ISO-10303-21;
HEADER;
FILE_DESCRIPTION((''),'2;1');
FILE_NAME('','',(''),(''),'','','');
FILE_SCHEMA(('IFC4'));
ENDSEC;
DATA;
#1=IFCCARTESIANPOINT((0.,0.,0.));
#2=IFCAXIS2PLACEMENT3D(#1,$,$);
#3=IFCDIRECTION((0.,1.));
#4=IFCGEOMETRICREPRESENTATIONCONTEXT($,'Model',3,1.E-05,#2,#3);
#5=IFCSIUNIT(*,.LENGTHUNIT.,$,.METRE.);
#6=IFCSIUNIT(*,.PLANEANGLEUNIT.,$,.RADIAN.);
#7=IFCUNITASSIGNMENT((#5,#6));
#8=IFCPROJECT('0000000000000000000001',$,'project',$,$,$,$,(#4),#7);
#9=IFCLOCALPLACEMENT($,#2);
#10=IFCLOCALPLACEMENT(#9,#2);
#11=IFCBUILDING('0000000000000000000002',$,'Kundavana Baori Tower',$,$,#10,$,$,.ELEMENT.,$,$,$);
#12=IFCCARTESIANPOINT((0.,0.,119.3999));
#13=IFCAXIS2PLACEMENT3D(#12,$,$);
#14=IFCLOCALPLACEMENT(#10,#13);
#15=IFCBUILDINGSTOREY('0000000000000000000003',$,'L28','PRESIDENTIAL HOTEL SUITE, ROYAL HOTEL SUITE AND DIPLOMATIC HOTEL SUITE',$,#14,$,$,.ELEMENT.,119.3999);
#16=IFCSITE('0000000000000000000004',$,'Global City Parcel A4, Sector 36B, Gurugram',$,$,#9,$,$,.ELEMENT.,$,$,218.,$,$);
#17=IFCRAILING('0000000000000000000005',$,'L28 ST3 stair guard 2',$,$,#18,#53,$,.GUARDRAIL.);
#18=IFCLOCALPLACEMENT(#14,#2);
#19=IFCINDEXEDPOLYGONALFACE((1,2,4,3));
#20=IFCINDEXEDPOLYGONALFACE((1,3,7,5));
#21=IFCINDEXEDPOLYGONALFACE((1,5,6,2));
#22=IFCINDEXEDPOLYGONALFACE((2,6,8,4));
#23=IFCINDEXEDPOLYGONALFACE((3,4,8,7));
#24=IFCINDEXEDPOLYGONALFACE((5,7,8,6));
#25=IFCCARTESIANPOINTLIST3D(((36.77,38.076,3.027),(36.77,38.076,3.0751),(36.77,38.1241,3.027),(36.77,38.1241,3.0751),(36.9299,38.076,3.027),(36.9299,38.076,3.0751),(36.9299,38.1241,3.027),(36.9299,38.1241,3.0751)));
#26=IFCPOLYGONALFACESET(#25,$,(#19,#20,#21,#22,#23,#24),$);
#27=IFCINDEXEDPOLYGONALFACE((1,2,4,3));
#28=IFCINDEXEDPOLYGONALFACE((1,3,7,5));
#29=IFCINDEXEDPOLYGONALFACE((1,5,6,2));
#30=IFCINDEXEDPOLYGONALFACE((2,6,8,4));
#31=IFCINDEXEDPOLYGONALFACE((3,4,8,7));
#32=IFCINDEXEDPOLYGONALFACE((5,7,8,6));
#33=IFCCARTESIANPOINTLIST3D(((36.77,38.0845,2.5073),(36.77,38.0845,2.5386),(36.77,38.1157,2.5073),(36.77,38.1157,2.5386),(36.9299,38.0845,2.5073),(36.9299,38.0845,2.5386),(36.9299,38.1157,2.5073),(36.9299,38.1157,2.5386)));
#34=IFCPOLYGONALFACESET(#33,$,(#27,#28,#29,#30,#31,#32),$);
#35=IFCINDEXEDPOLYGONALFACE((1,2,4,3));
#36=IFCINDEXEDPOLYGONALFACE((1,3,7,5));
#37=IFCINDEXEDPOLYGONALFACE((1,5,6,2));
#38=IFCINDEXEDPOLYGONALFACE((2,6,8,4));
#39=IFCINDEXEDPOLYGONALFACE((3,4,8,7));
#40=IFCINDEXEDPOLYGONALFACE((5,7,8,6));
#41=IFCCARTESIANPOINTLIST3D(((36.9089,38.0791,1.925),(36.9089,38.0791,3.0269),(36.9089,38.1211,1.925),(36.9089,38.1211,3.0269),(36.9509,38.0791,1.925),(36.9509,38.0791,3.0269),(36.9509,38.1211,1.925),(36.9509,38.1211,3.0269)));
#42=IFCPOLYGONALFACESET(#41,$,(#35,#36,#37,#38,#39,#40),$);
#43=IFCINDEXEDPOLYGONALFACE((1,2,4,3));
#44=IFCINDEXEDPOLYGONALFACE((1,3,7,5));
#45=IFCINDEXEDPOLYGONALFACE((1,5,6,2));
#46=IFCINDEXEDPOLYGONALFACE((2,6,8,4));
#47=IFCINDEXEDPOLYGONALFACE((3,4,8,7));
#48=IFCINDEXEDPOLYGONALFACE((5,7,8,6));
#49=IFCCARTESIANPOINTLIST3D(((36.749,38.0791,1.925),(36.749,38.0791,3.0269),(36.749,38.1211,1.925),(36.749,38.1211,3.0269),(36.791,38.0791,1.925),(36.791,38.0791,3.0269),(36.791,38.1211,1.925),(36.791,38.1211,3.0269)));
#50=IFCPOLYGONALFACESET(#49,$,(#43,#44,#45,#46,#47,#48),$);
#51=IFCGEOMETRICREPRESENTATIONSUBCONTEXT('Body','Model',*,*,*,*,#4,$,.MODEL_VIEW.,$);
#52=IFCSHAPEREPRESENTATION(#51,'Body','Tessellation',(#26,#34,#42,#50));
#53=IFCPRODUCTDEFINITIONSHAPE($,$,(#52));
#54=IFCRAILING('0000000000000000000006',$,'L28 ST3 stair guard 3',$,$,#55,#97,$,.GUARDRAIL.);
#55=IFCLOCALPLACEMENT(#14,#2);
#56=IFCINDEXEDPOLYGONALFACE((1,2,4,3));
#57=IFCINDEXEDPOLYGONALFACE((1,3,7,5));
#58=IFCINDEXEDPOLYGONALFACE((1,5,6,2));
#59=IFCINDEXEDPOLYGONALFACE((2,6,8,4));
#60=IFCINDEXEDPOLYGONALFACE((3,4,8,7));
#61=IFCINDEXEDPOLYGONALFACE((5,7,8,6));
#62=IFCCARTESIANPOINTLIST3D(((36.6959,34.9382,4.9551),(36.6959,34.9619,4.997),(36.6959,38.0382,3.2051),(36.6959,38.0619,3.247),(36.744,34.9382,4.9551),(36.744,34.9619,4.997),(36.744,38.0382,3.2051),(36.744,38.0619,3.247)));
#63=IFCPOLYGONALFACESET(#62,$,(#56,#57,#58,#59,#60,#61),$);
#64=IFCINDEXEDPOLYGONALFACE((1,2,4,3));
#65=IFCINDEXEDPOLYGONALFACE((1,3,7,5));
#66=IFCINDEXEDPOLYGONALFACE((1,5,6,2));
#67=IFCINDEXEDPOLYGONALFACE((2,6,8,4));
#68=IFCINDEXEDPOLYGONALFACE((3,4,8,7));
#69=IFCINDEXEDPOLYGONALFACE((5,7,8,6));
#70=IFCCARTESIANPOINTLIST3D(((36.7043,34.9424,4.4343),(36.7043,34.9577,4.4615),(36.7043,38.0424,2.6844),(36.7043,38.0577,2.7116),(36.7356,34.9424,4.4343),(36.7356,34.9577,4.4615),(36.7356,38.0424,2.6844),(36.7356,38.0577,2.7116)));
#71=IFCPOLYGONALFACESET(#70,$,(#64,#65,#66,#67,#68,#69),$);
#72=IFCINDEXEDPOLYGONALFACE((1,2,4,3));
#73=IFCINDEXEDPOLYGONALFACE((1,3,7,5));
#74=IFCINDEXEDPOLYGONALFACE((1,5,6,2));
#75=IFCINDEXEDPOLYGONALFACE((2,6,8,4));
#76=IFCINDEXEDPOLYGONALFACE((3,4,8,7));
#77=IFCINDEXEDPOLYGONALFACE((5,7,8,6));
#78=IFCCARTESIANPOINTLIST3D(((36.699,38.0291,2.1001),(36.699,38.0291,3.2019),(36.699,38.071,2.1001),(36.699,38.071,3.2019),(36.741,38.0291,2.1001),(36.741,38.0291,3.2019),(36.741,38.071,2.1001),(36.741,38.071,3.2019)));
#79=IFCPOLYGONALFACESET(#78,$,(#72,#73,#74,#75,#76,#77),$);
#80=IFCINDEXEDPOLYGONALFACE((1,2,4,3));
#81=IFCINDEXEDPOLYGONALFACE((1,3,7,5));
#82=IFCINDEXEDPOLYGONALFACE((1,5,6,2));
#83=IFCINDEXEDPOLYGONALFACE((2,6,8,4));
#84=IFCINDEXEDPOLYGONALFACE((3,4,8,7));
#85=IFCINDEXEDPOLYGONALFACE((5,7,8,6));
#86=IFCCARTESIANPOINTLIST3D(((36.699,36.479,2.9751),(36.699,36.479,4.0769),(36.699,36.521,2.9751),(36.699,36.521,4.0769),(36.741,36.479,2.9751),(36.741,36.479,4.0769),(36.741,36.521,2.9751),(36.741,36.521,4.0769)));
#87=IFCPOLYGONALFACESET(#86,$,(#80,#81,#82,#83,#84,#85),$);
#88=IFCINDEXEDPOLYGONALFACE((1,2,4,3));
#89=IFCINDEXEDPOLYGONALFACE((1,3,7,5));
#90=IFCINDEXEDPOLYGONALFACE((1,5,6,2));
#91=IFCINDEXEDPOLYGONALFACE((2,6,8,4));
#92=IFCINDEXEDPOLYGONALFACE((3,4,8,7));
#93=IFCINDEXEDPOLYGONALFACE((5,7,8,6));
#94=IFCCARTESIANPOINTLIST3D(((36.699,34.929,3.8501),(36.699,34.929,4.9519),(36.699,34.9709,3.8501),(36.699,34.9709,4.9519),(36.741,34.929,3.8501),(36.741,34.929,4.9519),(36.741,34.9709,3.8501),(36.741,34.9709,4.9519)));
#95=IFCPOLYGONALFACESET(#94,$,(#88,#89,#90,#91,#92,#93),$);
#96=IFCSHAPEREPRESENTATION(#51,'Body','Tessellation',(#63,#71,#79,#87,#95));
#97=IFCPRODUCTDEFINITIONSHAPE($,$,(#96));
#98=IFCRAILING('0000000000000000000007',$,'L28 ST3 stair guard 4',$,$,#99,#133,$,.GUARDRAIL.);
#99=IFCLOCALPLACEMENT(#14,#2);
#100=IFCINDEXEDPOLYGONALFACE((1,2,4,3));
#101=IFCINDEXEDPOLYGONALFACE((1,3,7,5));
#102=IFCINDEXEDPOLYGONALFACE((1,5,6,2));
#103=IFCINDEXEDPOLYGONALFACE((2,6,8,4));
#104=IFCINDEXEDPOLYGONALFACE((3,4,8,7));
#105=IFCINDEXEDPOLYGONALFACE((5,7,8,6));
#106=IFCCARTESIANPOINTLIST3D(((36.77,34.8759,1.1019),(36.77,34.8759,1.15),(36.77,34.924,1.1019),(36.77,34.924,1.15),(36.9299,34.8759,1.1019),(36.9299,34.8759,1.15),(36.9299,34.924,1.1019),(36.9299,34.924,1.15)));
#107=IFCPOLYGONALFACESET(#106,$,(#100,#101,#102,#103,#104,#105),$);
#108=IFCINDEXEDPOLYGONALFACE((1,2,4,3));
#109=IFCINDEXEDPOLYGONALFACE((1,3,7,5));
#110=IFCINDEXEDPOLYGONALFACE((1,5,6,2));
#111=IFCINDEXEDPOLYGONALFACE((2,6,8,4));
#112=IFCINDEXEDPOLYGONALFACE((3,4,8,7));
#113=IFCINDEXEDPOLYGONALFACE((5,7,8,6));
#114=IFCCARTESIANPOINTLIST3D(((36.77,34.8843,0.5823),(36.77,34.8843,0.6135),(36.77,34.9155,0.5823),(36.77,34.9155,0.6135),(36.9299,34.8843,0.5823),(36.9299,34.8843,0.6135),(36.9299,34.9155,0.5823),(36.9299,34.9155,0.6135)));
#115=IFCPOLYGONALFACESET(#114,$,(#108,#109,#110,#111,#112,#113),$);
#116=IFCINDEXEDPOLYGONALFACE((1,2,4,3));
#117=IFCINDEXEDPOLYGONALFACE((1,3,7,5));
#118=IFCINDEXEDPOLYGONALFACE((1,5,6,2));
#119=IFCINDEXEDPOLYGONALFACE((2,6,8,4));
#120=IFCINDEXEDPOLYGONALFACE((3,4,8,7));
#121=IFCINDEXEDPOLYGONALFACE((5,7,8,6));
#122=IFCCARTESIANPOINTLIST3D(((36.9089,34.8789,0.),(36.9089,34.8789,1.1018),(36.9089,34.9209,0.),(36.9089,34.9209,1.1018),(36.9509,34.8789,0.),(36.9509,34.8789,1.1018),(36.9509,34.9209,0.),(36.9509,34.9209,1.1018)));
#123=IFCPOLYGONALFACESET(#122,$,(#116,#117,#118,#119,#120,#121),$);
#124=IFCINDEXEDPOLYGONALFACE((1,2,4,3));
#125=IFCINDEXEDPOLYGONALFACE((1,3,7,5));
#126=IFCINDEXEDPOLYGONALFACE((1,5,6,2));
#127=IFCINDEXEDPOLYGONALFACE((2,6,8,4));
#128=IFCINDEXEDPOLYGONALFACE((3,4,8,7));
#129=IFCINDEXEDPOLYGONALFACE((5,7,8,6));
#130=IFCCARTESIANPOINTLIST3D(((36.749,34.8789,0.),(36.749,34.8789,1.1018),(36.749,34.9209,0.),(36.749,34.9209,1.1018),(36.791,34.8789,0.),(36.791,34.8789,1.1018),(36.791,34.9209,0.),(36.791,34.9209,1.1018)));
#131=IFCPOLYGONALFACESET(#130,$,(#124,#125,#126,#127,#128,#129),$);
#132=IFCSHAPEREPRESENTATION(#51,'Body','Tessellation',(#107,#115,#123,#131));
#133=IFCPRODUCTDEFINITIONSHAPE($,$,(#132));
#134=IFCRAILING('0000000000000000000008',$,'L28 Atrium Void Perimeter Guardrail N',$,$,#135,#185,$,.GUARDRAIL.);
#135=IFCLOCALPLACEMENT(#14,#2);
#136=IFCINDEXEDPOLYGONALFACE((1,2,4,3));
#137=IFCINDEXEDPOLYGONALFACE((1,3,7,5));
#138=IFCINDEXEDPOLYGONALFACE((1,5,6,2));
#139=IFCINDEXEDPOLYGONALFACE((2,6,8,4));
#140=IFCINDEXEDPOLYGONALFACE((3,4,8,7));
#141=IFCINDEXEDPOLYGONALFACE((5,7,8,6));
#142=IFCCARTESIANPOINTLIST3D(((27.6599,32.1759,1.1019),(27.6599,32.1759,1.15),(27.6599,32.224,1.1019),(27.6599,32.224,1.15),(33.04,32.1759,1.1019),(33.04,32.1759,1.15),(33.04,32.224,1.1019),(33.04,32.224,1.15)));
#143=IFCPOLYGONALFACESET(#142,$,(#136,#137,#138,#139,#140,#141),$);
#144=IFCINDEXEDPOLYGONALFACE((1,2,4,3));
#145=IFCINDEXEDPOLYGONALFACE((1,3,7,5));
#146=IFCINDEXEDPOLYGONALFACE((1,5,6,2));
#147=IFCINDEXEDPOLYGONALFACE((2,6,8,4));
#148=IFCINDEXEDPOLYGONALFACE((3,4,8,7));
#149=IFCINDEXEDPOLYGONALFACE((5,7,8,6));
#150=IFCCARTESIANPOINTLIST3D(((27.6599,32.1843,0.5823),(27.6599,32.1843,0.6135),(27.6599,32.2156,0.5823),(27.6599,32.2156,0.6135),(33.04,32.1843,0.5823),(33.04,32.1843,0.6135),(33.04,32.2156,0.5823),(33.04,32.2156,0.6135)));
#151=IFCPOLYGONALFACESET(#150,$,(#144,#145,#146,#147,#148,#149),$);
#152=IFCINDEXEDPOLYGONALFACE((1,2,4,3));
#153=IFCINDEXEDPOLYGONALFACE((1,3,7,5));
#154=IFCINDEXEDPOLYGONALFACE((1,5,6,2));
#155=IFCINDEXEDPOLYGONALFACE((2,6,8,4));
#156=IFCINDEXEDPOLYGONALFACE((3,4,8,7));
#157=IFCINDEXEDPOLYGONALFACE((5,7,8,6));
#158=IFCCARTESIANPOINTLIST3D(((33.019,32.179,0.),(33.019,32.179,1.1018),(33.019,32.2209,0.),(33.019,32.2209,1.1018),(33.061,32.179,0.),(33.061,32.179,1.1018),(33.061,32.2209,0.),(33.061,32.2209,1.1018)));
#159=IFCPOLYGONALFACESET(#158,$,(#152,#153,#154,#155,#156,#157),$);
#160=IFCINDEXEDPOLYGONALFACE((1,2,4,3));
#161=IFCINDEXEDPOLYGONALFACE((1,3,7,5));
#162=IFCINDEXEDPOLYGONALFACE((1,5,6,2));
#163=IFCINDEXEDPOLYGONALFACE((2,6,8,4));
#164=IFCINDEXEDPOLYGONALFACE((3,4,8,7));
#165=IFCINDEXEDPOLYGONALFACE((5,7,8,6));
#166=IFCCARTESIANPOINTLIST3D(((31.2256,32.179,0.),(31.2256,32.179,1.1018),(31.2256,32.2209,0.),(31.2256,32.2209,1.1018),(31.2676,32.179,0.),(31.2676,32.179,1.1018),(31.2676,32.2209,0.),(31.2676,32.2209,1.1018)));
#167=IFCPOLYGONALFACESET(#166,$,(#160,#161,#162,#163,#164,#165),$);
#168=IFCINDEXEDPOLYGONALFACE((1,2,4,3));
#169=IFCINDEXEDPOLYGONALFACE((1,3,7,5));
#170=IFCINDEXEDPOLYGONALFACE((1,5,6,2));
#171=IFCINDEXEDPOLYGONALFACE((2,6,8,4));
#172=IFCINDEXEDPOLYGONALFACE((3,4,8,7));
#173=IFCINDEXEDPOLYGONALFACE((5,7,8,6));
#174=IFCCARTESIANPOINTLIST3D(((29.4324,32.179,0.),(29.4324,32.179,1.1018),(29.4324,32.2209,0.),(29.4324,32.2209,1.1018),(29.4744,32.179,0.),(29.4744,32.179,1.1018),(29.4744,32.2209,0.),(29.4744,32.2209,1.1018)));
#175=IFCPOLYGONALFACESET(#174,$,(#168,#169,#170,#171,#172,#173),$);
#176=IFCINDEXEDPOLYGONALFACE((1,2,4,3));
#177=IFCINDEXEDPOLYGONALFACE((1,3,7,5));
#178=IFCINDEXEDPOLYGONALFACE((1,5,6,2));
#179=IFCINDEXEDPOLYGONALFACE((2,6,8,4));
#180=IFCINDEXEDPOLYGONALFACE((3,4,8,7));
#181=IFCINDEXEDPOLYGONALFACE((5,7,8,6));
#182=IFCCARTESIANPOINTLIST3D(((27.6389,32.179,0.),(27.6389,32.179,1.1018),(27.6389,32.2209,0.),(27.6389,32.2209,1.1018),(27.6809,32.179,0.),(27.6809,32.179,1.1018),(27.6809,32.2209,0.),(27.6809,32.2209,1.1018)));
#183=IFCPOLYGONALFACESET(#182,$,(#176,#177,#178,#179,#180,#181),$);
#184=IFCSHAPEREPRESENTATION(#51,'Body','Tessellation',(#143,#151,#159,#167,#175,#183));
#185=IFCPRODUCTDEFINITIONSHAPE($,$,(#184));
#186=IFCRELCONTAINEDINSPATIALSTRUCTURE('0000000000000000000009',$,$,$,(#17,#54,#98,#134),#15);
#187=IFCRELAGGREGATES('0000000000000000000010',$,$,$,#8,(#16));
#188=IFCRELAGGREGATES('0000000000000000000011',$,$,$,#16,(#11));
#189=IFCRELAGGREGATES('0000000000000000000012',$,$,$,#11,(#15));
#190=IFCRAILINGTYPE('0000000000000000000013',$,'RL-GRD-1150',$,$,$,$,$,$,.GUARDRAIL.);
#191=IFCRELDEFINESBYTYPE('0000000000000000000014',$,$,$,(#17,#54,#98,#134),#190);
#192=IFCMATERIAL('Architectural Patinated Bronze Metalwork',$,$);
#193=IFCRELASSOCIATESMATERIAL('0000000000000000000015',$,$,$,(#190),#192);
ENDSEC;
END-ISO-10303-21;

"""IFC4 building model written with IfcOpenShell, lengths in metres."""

from ifc_helpers import new_model, si_unit, direction, frame, origin, origin_2d, place, context, subcontext, project, spatial, rectangle, extrude, material, type_object, element, save


model = new_model("IFC4")

# Units and contexts
model_context = context("Model", 3, precision=1e-05, world=origin(), true_north=direction((0.0, 1.0)))
body_context = subcontext(model_context, "Body", "Model", "MODEL_VIEW")
ifc_project = project(units=[si_unit("LENGTHUNIT", "METRE"), si_unit("PLANEANGLEUNIT", "RADIAN")], contexts=[model_context])

# Site, building, storey
site_placement = place(None, origin())
site = spatial("IfcSite", under=ifc_project, at=site_placement, Name="Global City Parcel A4, Sector 36B, Gurugram", CompositionType="ELEMENT", RefElevation=218.0)
building_placement = place(site_placement, origin())
building = spatial("IfcBuilding", under=site, at=building_placement, Name="Kundavana Baori Tower", CompositionType="ELEMENT")
storey_placement = place(building_placement, frame((0.0, 0.0, 119.3999)))
storey = spatial("IfcBuildingStorey", under=building, at=storey_placement, Name="L28", Description="PRESIDENTIAL HOTEL SUITE, ROYAL HOTEL SUITE AND DIPLOMATIC HOTEL SUITE", CompositionType="ELEMENT", Elevation=119.3999)

# Railings
ifc_material_1 = material(Name="Architectural Patinated Bronze Metalwork")
railing_type_1 = type_object("IfcRailingType", Name="RL-GRD-1150", PredefinedType="GUARDRAIL", material=ifc_material_1)
railing_1_placement = place(storey_placement, frame((36.9299, 38.1001, 1.925)))
element("IfcRailing", 1, at=railing_1_placement, inside=storey, type_object=railing_type_1, Name="L28 ST3 stair guard 2", PredefinedType="GUARDRAIL", context=body_context, shape_type="SweptSolid", body=[
    extrude(rectangle(XDim=0.0481, YDim=0.0481, at=origin_2d()), frame((0.0, 0.0, 1.126), z_axis=(-1.0, 0.0, 0.0), x_axis=(0.0, -1.0, 0.0)), (0.0, 0.0, 1.0), 0.1599),
    extrude(rectangle(XDim=0.0312, YDim=0.0312, at=origin_2d()), frame((0.0, 0.0, 0.5979), z_axis=(-1.0, 0.0, 0.0), x_axis=(0.0, -1.0, 0.0)), (0.0, 0.0, 1.0), 0.1599),
    extrude(rectangle(XDim=0.042, YDim=0.042, at=origin_2d()), origin(), (0.0, 0.0, 1.0), 1.1018),
    extrude(rectangle(XDim=0.042, YDim=0.042, at=origin_2d()), frame((-0.1599, 0.0, 0.0)), (0.0, 0.0, 1.0), 1.1018),
])
railing_2_placement = place(storey_placement, frame((36.72, 38.05, 2.1001)))
element("IfcRailing", 2, at=railing_2_placement, inside=storey, type_object=railing_type_1, Name="L28 ST3 stair guard 3", PredefinedType="GUARDRAIL", context=body_context, shape_type="SweptSolid", body=[
    extrude(rectangle(XDim=0.0481, YDim=0.0481, at=origin_2d()), frame((0.0, 0.0, 1.126), z_axis=(0.0, -0.870831, 0.491583), x_axis=(1.0, 0.0, 0.0)), (0.0, 0.0, 1.0), 3.5598),
    extrude(rectangle(XDim=0.0312, YDim=0.0312, at=origin_2d()), frame((0.0, 0.0, 0.5979), z_axis=(0.0, -0.870831, 0.491583), x_axis=(1.0, 0.0, 0.0)), (0.0, 0.0, 1.0), 3.5598),
    extrude(rectangle(XDim=0.042, YDim=0.042, at=origin_2d()), origin(), (0.0, 0.0, 1.0), 1.1018),
    extrude(rectangle(XDim=0.042, YDim=0.042, at=origin_2d()), frame((0.0, -1.55, 0.875)), (0.0, 0.0, 1.0), 1.1018),
    extrude(rectangle(XDim=0.042, YDim=0.042, at=origin_2d()), frame((0.0, -3.1001, 1.75)), (0.0, 0.0, 1.0), 1.1018),
])
railing_3_placement = place(storey_placement, frame((36.9299, 34.8999, 0.0)))
element("IfcRailing", 3, at=railing_3_placement, inside=storey, type_object=railing_type_1, Name="L28 ST3 stair guard 4", PredefinedType="GUARDRAIL", context=body_context, shape_type="SweptSolid", body=[
    extrude(rectangle(XDim=0.0481, YDim=0.0481, at=origin_2d()), frame((0.0, 0.0, 1.126), z_axis=(-1.0, 0.0, 0.0), x_axis=(0.0, -1.0, 0.0)), (0.0, 0.0, 1.0), 0.1599),
    extrude(rectangle(XDim=0.0312, YDim=0.0312, at=origin_2d()), frame((0.0, 0.0, 0.5979), z_axis=(-1.0, 0.0, 0.0), x_axis=(0.0, -1.0, 0.0)), (0.0, 0.0, 1.0), 0.1599),
    extrude(rectangle(XDim=0.042, YDim=0.042, at=origin_2d()), origin(), (0.0, 0.0, 1.0), 1.1018),
    extrude(rectangle(XDim=0.042, YDim=0.042, at=origin_2d()), frame((-0.1599, 0.0, 0.0)), (0.0, 0.0, 1.0), 1.1018),
])
railing_4_placement = place(storey_placement, frame((33.04, 32.2, 0.0)))
element("IfcRailing", 4, at=railing_4_placement, inside=storey, type_object=railing_type_1, Name="L28 Atrium Void Perimeter Guardrail N", PredefinedType="GUARDRAIL", context=body_context, shape_type="SweptSolid", body=[
    extrude(rectangle(XDim=0.0481, YDim=0.0481, at=origin_2d()), frame((0.0, 0.0, 1.126), z_axis=(-1.0, 0.0, 0.0), x_axis=(0.0, -1.0, 0.0)), (0.0, 0.0, 1.0), 5.3801),
    extrude(rectangle(XDim=0.0312, YDim=0.0312, at=origin_2d()), frame((0.0, 0.0, 0.5979), z_axis=(-1.0, 0.0, 0.0), x_axis=(0.0, -1.0, 0.0)), (0.0, 0.0, 1.0), 5.3801),
    extrude(rectangle(XDim=0.042, YDim=0.042, at=origin_2d()), origin(), (0.0, 0.0, 1.0), 1.1018),
    extrude(rectangle(XDim=0.042, YDim=0.042, at=origin_2d()), frame((-1.7935, 0.0, 0.0)), (0.0, 0.0, 1.0), 1.1018),
    extrude(rectangle(XDim=0.042, YDim=0.042, at=origin_2d()), frame((-3.5867, 0.0, 0.0)), (0.0, 0.0, 1.0), 1.1018),
    extrude(rectangle(XDim=0.042, YDim=0.042, at=origin_2d()), frame((-5.3801, 0.0, 0.0)), (0.0, 0.0, 1.0), 1.1018),
])

save(model, "model.ifc")
